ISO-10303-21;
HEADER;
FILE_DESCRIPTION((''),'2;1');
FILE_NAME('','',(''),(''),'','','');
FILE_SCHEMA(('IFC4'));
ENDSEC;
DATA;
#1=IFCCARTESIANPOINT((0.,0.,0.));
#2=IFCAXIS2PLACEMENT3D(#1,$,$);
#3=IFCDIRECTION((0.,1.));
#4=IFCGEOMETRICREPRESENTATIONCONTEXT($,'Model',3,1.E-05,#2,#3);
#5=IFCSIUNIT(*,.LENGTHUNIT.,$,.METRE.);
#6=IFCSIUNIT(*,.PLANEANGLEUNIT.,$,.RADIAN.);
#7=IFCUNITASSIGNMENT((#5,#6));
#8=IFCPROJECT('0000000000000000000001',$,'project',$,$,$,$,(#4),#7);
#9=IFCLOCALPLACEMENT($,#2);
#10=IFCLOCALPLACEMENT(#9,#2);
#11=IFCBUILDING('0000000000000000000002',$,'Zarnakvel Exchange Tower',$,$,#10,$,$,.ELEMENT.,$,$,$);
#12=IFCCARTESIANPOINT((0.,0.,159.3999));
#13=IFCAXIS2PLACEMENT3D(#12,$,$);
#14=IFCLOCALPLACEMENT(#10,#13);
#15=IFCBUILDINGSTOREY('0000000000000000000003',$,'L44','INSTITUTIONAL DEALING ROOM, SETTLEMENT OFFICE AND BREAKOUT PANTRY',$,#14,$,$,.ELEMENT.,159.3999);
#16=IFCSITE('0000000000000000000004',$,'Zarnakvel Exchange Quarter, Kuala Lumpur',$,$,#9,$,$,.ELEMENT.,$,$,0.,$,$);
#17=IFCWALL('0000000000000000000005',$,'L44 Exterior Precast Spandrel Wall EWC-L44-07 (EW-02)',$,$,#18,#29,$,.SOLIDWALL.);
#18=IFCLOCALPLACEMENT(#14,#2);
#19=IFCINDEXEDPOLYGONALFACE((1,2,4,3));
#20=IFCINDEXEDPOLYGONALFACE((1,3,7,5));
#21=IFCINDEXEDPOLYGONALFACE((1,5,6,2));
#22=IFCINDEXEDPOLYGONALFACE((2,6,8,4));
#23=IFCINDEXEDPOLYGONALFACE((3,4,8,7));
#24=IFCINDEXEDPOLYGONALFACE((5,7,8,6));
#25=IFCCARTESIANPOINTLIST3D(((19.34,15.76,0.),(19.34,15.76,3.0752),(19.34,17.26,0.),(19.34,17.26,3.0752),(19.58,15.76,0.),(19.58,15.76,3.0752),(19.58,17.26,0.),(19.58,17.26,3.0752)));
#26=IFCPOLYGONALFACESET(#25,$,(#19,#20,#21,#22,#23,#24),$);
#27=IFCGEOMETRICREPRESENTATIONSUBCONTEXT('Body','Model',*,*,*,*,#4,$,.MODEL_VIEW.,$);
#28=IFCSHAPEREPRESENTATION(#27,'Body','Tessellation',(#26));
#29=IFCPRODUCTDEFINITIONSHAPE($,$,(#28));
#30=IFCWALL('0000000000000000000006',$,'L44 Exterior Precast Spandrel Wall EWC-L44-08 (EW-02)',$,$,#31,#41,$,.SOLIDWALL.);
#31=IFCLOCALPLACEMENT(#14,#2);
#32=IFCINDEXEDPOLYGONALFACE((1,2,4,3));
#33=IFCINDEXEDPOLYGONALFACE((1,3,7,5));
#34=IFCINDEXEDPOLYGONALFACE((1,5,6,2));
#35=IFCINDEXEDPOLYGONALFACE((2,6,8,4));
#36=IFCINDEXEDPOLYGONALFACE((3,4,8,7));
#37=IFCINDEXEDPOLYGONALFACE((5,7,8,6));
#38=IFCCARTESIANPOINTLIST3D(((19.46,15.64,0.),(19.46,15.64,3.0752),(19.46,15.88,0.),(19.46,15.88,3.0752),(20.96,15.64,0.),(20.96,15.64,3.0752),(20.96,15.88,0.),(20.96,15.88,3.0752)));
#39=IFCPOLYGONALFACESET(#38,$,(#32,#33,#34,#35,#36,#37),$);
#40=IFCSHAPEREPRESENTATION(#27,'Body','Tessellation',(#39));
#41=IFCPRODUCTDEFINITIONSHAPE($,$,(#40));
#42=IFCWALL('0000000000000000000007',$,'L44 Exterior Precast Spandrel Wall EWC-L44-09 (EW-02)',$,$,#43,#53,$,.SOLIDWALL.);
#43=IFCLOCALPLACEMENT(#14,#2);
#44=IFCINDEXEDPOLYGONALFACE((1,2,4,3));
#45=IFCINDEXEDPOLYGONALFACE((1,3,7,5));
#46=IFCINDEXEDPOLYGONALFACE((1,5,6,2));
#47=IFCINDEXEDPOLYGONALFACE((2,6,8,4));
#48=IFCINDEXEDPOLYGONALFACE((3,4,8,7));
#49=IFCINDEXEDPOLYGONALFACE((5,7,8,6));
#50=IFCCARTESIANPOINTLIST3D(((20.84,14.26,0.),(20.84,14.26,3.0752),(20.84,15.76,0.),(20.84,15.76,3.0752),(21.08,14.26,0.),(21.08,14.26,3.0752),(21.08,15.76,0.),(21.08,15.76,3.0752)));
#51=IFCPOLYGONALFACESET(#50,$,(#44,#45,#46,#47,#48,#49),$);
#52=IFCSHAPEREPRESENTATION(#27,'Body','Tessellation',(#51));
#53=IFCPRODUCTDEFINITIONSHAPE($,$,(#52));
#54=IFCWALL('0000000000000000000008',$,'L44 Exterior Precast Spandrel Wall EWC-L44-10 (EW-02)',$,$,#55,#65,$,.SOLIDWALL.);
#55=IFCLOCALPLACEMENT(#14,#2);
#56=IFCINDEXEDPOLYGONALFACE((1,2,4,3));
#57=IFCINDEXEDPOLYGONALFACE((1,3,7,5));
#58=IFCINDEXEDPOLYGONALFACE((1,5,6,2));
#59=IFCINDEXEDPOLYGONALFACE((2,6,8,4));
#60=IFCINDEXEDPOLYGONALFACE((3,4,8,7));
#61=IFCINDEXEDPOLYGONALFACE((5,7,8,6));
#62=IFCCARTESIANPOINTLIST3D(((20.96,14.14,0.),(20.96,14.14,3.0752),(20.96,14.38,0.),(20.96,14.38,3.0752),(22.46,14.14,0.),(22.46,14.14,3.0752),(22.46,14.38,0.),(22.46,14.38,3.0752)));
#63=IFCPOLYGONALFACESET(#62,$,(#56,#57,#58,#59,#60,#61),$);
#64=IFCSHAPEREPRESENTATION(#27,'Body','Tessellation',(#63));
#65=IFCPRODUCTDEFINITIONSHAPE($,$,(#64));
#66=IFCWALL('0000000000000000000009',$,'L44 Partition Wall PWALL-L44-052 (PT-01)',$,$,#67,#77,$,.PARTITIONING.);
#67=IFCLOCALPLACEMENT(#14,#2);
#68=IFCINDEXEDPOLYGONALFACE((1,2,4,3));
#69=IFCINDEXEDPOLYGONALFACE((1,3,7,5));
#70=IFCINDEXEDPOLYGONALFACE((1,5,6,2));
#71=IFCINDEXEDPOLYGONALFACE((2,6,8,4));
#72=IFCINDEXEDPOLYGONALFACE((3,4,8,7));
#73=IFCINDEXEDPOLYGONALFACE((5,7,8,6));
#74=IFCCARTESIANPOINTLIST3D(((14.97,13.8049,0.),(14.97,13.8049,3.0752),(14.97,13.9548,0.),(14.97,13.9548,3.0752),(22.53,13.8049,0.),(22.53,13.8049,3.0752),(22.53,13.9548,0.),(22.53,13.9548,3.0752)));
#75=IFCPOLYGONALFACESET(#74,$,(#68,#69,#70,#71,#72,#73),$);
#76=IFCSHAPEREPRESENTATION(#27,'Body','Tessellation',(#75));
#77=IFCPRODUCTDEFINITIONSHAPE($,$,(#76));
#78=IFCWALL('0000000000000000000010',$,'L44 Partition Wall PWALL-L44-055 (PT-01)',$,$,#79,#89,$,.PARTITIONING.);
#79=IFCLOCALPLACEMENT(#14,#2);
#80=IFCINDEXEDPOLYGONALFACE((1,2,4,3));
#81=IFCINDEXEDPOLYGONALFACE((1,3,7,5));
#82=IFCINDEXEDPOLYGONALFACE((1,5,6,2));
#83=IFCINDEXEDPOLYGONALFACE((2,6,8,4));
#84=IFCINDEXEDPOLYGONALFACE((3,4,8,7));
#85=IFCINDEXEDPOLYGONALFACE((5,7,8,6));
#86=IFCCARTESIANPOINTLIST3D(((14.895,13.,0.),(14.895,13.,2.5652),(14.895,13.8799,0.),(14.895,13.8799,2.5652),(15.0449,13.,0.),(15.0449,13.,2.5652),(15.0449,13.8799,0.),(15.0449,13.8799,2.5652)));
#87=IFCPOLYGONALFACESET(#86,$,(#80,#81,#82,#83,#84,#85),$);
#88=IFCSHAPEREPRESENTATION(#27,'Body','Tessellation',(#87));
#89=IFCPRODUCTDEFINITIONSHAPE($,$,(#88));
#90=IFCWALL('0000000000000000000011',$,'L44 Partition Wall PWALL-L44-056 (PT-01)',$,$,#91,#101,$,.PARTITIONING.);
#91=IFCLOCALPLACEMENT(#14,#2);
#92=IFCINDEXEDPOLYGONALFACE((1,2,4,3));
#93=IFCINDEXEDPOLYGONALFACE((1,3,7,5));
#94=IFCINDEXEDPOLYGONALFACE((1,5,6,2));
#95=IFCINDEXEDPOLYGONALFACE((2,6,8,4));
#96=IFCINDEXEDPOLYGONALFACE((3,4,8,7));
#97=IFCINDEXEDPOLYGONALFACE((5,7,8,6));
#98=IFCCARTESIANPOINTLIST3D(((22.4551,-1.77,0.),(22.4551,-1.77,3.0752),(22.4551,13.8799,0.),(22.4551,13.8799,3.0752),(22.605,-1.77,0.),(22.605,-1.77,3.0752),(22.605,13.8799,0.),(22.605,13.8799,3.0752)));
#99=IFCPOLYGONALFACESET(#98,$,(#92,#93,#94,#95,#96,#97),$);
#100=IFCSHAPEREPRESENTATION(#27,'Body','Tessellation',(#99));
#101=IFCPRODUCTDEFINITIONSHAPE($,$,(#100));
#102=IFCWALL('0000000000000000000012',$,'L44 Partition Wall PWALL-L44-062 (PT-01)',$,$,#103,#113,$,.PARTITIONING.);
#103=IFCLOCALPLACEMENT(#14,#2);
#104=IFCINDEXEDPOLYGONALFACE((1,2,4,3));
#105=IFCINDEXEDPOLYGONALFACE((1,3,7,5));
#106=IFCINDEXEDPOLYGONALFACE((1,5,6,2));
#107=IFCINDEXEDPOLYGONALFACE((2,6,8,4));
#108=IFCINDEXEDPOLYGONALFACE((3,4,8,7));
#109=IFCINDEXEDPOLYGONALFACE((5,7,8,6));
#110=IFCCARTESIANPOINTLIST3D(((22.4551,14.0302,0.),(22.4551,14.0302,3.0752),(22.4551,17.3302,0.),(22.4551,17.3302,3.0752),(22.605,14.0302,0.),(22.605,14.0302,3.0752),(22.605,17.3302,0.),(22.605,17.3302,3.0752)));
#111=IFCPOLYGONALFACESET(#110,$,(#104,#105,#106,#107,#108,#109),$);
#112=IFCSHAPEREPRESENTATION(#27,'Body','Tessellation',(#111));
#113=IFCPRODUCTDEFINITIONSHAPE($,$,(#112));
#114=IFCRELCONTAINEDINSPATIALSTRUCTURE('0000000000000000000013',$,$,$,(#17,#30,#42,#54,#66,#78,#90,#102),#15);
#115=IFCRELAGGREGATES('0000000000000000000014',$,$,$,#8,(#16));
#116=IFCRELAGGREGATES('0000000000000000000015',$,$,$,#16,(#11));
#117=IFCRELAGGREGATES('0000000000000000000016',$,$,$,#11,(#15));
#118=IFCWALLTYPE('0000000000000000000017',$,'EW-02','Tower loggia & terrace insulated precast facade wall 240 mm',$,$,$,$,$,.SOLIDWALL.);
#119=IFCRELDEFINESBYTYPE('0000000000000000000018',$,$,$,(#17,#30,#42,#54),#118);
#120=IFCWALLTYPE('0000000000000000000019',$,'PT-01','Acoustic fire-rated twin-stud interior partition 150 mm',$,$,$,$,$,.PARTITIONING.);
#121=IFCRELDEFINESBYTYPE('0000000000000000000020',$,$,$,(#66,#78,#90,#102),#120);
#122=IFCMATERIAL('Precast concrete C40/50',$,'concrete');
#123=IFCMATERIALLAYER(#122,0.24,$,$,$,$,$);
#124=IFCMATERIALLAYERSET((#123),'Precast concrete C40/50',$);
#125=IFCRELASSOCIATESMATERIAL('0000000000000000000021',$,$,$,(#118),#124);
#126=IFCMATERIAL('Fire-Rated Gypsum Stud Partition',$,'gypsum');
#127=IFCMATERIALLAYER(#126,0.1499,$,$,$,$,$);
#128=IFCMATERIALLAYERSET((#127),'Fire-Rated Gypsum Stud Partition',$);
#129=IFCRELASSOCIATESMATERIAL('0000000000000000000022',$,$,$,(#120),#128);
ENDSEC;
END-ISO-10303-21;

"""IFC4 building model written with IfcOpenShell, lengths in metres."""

from ifc_helpers import new_model, si_unit, direction, frame, frame_2d, origin, place, context, subcontext, project, spatial, rectangle, extrude, material, layer, layer_set, type_object, element, save


model = new_model("IFC4")

# Units and contexts
model_context = context("Model", 3, precision=1e-05, world=origin(), true_north=direction((0.0, 1.0)))
body_context = subcontext(model_context, "Body", "Model", "MODEL_VIEW")
ifc_project = project(units=[si_unit("LENGTHUNIT", "METRE"), si_unit("PLANEANGLEUNIT", "RADIAN")], contexts=[model_context])

# Site, building, storey
site_placement = place(None, origin())
site = spatial("IfcSite", under=ifc_project, at=site_placement, Name="Zarnakvel Exchange Quarter, Kuala Lumpur", CompositionType="ELEMENT", RefElevation=0.0)
building_placement = place(site_placement, origin())
building = spatial("IfcBuilding", under=site, at=building_placement, Name="Zarnakvel Exchange Tower", CompositionType="ELEMENT")
storey_placement = place(building_placement, frame((0.0, 0.0, 159.3999)))
storey = spatial("IfcBuildingStorey", under=building, at=storey_placement, Name="L44", Description="INSTITUTIONAL DEALING ROOM, SETTLEMENT OFFICE AND BREAKOUT PANTRY", CompositionType="ELEMENT", Elevation=159.3999)

# Walls
ifc_material_1 = material(Name="Precast concrete C40/50", Category="concrete")
ifc_layer_1 = layer(ifc_material_1, 0.24)
ifc_layer_set_1 = layer_set([ifc_layer_1], Name="Precast concrete C40/50")
wall_type_1 = type_object("IfcWallType", Name="EW-02", Description="Tower loggia & terrace insulated precast facade wall 240 mm", PredefinedType="SOLIDWALL", material=ifc_layer_set_1)
for number, where, z_axis, x_axis, name in (
    (1, (19.46, 15.76, 0.0), (0.0, 0.0, 1.0), (0.0, 1.0, 0.0), "L44 Exterior Precast Spandrel Wall EWC-L44-07 (EW-02)"),
    (2, (20.96, 15.76, 0.0), (0.0, 0.0, 1.0), (-1.0, 0.0, 0.0), "L44 Exterior Precast Spandrel Wall EWC-L44-08 (EW-02)"),
    (3, (20.96, 14.26, 0.0), (0.0, 0.0, 1.0), (0.0, 1.0, 0.0), "L44 Exterior Precast Spandrel Wall EWC-L44-09 (EW-02)"),
    (4, (22.46, 14.26, 0.0), (0.0, 0.0, 1.0), (-1.0, 0.0, 0.0), "L44 Exterior Precast Spandrel Wall EWC-L44-10 (EW-02)"),
):
    element("IfcWall", number, at=place(storey_placement, frame(where, z_axis=z_axis, x_axis=x_axis)), inside=storey, type_object=wall_type_1, Name=name, PredefinedType="SOLIDWALL", context=body_context, shape_type="SweptSolid", body=[
        extrude(rectangle(XDim=1.5, YDim=0.24, at=frame_2d((0.75, 0.0))), origin(), (0.0, 0.0, 1.0), 3.0752),
    ])
ifc_material_2 = material(Name="Fire-Rated Gypsum Stud Partition", Category="gypsum")
ifc_layer_2 = layer(ifc_material_2, 0.1499)
ifc_layer_set_2 = layer_set([ifc_layer_2], Name="Fire-Rated Gypsum Stud Partition")
wall_type_2 = type_object("IfcWallType", Name="PT-01", Description="Acoustic fire-rated twin-stud interior partition 150 mm", PredefinedType="PARTITIONING", material=ifc_layer_set_2)
wall_1_placement = place(storey_placement, frame((14.97, 13.8799, 0.0), z_axis=(0.0, 0.0, 1.0), x_axis=(1.0, 0.0, 0.0)))
element("IfcWall", 5, at=wall_1_placement, inside=storey, type_object=wall_type_2, Name="L44 Partition Wall PWALL-L44-052 (PT-01)", PredefinedType="PARTITIONING", context=body_context, shape_type="SweptSolid", body=[
    extrude(rectangle(XDim=7.5601, YDim=0.1499, at=frame_2d((3.78, 0.0))), origin(), (0.0, 0.0, 1.0), 3.0752),
])
wall_2_placement = place(storey_placement, frame((14.97, 13.0, 0.0), z_axis=(0.0, 0.0, 1.0), x_axis=(0.0, 1.0, 0.0)))
element("IfcWall", 6, at=wall_2_placement, inside=storey, type_object=wall_type_2, Name="L44 Partition Wall PWALL-L44-055 (PT-01)", PredefinedType="PARTITIONING", context=body_context, shape_type="SweptSolid", body=[
    extrude(rectangle(XDim=0.8799, YDim=0.1499, at=frame_2d((0.4399, 0.0))), origin(), (0.0, 0.0, 1.0), 2.5652),
])
wall_3_placement = place(storey_placement, frame((22.53, 13.8799, 0.0), z_axis=(0.0, 0.0, 1.0), x_axis=(0.0, -1.0, 0.0)))
element("IfcWall", 7, at=wall_3_placement, inside=storey, type_object=wall_type_2, Name="L44 Partition Wall PWALL-L44-056 (PT-01)", PredefinedType="PARTITIONING", context=body_context, shape_type="SweptSolid", body=[
    extrude(rectangle(XDim=15.6499, YDim=0.1499, at=frame_2d((7.825, 0.0))), origin(), (0.0, 0.0, 1.0), 3.0752),
])
wall_4_placement = place(storey_placement, frame((22.53, 17.3301, 0.0), z_axis=(0.0, 0.0, 1.0), x_axis=(0.0, -1.0, 0.0)))
element("IfcWall", 8, at=wall_4_placement, inside=storey, type_object=wall_type_2, Name="L44 Partition Wall PWALL-L44-062 (PT-01)", PredefinedType="PARTITIONING", context=body_context, shape_type="SweptSolid", body=[
    extrude(rectangle(XDim=3.3, YDim=0.1499, at=frame_2d((1.6499, 0.0))), origin(), (0.0, 0.0, 1.0), 3.0752),
])

save(model, "model.ifc")
